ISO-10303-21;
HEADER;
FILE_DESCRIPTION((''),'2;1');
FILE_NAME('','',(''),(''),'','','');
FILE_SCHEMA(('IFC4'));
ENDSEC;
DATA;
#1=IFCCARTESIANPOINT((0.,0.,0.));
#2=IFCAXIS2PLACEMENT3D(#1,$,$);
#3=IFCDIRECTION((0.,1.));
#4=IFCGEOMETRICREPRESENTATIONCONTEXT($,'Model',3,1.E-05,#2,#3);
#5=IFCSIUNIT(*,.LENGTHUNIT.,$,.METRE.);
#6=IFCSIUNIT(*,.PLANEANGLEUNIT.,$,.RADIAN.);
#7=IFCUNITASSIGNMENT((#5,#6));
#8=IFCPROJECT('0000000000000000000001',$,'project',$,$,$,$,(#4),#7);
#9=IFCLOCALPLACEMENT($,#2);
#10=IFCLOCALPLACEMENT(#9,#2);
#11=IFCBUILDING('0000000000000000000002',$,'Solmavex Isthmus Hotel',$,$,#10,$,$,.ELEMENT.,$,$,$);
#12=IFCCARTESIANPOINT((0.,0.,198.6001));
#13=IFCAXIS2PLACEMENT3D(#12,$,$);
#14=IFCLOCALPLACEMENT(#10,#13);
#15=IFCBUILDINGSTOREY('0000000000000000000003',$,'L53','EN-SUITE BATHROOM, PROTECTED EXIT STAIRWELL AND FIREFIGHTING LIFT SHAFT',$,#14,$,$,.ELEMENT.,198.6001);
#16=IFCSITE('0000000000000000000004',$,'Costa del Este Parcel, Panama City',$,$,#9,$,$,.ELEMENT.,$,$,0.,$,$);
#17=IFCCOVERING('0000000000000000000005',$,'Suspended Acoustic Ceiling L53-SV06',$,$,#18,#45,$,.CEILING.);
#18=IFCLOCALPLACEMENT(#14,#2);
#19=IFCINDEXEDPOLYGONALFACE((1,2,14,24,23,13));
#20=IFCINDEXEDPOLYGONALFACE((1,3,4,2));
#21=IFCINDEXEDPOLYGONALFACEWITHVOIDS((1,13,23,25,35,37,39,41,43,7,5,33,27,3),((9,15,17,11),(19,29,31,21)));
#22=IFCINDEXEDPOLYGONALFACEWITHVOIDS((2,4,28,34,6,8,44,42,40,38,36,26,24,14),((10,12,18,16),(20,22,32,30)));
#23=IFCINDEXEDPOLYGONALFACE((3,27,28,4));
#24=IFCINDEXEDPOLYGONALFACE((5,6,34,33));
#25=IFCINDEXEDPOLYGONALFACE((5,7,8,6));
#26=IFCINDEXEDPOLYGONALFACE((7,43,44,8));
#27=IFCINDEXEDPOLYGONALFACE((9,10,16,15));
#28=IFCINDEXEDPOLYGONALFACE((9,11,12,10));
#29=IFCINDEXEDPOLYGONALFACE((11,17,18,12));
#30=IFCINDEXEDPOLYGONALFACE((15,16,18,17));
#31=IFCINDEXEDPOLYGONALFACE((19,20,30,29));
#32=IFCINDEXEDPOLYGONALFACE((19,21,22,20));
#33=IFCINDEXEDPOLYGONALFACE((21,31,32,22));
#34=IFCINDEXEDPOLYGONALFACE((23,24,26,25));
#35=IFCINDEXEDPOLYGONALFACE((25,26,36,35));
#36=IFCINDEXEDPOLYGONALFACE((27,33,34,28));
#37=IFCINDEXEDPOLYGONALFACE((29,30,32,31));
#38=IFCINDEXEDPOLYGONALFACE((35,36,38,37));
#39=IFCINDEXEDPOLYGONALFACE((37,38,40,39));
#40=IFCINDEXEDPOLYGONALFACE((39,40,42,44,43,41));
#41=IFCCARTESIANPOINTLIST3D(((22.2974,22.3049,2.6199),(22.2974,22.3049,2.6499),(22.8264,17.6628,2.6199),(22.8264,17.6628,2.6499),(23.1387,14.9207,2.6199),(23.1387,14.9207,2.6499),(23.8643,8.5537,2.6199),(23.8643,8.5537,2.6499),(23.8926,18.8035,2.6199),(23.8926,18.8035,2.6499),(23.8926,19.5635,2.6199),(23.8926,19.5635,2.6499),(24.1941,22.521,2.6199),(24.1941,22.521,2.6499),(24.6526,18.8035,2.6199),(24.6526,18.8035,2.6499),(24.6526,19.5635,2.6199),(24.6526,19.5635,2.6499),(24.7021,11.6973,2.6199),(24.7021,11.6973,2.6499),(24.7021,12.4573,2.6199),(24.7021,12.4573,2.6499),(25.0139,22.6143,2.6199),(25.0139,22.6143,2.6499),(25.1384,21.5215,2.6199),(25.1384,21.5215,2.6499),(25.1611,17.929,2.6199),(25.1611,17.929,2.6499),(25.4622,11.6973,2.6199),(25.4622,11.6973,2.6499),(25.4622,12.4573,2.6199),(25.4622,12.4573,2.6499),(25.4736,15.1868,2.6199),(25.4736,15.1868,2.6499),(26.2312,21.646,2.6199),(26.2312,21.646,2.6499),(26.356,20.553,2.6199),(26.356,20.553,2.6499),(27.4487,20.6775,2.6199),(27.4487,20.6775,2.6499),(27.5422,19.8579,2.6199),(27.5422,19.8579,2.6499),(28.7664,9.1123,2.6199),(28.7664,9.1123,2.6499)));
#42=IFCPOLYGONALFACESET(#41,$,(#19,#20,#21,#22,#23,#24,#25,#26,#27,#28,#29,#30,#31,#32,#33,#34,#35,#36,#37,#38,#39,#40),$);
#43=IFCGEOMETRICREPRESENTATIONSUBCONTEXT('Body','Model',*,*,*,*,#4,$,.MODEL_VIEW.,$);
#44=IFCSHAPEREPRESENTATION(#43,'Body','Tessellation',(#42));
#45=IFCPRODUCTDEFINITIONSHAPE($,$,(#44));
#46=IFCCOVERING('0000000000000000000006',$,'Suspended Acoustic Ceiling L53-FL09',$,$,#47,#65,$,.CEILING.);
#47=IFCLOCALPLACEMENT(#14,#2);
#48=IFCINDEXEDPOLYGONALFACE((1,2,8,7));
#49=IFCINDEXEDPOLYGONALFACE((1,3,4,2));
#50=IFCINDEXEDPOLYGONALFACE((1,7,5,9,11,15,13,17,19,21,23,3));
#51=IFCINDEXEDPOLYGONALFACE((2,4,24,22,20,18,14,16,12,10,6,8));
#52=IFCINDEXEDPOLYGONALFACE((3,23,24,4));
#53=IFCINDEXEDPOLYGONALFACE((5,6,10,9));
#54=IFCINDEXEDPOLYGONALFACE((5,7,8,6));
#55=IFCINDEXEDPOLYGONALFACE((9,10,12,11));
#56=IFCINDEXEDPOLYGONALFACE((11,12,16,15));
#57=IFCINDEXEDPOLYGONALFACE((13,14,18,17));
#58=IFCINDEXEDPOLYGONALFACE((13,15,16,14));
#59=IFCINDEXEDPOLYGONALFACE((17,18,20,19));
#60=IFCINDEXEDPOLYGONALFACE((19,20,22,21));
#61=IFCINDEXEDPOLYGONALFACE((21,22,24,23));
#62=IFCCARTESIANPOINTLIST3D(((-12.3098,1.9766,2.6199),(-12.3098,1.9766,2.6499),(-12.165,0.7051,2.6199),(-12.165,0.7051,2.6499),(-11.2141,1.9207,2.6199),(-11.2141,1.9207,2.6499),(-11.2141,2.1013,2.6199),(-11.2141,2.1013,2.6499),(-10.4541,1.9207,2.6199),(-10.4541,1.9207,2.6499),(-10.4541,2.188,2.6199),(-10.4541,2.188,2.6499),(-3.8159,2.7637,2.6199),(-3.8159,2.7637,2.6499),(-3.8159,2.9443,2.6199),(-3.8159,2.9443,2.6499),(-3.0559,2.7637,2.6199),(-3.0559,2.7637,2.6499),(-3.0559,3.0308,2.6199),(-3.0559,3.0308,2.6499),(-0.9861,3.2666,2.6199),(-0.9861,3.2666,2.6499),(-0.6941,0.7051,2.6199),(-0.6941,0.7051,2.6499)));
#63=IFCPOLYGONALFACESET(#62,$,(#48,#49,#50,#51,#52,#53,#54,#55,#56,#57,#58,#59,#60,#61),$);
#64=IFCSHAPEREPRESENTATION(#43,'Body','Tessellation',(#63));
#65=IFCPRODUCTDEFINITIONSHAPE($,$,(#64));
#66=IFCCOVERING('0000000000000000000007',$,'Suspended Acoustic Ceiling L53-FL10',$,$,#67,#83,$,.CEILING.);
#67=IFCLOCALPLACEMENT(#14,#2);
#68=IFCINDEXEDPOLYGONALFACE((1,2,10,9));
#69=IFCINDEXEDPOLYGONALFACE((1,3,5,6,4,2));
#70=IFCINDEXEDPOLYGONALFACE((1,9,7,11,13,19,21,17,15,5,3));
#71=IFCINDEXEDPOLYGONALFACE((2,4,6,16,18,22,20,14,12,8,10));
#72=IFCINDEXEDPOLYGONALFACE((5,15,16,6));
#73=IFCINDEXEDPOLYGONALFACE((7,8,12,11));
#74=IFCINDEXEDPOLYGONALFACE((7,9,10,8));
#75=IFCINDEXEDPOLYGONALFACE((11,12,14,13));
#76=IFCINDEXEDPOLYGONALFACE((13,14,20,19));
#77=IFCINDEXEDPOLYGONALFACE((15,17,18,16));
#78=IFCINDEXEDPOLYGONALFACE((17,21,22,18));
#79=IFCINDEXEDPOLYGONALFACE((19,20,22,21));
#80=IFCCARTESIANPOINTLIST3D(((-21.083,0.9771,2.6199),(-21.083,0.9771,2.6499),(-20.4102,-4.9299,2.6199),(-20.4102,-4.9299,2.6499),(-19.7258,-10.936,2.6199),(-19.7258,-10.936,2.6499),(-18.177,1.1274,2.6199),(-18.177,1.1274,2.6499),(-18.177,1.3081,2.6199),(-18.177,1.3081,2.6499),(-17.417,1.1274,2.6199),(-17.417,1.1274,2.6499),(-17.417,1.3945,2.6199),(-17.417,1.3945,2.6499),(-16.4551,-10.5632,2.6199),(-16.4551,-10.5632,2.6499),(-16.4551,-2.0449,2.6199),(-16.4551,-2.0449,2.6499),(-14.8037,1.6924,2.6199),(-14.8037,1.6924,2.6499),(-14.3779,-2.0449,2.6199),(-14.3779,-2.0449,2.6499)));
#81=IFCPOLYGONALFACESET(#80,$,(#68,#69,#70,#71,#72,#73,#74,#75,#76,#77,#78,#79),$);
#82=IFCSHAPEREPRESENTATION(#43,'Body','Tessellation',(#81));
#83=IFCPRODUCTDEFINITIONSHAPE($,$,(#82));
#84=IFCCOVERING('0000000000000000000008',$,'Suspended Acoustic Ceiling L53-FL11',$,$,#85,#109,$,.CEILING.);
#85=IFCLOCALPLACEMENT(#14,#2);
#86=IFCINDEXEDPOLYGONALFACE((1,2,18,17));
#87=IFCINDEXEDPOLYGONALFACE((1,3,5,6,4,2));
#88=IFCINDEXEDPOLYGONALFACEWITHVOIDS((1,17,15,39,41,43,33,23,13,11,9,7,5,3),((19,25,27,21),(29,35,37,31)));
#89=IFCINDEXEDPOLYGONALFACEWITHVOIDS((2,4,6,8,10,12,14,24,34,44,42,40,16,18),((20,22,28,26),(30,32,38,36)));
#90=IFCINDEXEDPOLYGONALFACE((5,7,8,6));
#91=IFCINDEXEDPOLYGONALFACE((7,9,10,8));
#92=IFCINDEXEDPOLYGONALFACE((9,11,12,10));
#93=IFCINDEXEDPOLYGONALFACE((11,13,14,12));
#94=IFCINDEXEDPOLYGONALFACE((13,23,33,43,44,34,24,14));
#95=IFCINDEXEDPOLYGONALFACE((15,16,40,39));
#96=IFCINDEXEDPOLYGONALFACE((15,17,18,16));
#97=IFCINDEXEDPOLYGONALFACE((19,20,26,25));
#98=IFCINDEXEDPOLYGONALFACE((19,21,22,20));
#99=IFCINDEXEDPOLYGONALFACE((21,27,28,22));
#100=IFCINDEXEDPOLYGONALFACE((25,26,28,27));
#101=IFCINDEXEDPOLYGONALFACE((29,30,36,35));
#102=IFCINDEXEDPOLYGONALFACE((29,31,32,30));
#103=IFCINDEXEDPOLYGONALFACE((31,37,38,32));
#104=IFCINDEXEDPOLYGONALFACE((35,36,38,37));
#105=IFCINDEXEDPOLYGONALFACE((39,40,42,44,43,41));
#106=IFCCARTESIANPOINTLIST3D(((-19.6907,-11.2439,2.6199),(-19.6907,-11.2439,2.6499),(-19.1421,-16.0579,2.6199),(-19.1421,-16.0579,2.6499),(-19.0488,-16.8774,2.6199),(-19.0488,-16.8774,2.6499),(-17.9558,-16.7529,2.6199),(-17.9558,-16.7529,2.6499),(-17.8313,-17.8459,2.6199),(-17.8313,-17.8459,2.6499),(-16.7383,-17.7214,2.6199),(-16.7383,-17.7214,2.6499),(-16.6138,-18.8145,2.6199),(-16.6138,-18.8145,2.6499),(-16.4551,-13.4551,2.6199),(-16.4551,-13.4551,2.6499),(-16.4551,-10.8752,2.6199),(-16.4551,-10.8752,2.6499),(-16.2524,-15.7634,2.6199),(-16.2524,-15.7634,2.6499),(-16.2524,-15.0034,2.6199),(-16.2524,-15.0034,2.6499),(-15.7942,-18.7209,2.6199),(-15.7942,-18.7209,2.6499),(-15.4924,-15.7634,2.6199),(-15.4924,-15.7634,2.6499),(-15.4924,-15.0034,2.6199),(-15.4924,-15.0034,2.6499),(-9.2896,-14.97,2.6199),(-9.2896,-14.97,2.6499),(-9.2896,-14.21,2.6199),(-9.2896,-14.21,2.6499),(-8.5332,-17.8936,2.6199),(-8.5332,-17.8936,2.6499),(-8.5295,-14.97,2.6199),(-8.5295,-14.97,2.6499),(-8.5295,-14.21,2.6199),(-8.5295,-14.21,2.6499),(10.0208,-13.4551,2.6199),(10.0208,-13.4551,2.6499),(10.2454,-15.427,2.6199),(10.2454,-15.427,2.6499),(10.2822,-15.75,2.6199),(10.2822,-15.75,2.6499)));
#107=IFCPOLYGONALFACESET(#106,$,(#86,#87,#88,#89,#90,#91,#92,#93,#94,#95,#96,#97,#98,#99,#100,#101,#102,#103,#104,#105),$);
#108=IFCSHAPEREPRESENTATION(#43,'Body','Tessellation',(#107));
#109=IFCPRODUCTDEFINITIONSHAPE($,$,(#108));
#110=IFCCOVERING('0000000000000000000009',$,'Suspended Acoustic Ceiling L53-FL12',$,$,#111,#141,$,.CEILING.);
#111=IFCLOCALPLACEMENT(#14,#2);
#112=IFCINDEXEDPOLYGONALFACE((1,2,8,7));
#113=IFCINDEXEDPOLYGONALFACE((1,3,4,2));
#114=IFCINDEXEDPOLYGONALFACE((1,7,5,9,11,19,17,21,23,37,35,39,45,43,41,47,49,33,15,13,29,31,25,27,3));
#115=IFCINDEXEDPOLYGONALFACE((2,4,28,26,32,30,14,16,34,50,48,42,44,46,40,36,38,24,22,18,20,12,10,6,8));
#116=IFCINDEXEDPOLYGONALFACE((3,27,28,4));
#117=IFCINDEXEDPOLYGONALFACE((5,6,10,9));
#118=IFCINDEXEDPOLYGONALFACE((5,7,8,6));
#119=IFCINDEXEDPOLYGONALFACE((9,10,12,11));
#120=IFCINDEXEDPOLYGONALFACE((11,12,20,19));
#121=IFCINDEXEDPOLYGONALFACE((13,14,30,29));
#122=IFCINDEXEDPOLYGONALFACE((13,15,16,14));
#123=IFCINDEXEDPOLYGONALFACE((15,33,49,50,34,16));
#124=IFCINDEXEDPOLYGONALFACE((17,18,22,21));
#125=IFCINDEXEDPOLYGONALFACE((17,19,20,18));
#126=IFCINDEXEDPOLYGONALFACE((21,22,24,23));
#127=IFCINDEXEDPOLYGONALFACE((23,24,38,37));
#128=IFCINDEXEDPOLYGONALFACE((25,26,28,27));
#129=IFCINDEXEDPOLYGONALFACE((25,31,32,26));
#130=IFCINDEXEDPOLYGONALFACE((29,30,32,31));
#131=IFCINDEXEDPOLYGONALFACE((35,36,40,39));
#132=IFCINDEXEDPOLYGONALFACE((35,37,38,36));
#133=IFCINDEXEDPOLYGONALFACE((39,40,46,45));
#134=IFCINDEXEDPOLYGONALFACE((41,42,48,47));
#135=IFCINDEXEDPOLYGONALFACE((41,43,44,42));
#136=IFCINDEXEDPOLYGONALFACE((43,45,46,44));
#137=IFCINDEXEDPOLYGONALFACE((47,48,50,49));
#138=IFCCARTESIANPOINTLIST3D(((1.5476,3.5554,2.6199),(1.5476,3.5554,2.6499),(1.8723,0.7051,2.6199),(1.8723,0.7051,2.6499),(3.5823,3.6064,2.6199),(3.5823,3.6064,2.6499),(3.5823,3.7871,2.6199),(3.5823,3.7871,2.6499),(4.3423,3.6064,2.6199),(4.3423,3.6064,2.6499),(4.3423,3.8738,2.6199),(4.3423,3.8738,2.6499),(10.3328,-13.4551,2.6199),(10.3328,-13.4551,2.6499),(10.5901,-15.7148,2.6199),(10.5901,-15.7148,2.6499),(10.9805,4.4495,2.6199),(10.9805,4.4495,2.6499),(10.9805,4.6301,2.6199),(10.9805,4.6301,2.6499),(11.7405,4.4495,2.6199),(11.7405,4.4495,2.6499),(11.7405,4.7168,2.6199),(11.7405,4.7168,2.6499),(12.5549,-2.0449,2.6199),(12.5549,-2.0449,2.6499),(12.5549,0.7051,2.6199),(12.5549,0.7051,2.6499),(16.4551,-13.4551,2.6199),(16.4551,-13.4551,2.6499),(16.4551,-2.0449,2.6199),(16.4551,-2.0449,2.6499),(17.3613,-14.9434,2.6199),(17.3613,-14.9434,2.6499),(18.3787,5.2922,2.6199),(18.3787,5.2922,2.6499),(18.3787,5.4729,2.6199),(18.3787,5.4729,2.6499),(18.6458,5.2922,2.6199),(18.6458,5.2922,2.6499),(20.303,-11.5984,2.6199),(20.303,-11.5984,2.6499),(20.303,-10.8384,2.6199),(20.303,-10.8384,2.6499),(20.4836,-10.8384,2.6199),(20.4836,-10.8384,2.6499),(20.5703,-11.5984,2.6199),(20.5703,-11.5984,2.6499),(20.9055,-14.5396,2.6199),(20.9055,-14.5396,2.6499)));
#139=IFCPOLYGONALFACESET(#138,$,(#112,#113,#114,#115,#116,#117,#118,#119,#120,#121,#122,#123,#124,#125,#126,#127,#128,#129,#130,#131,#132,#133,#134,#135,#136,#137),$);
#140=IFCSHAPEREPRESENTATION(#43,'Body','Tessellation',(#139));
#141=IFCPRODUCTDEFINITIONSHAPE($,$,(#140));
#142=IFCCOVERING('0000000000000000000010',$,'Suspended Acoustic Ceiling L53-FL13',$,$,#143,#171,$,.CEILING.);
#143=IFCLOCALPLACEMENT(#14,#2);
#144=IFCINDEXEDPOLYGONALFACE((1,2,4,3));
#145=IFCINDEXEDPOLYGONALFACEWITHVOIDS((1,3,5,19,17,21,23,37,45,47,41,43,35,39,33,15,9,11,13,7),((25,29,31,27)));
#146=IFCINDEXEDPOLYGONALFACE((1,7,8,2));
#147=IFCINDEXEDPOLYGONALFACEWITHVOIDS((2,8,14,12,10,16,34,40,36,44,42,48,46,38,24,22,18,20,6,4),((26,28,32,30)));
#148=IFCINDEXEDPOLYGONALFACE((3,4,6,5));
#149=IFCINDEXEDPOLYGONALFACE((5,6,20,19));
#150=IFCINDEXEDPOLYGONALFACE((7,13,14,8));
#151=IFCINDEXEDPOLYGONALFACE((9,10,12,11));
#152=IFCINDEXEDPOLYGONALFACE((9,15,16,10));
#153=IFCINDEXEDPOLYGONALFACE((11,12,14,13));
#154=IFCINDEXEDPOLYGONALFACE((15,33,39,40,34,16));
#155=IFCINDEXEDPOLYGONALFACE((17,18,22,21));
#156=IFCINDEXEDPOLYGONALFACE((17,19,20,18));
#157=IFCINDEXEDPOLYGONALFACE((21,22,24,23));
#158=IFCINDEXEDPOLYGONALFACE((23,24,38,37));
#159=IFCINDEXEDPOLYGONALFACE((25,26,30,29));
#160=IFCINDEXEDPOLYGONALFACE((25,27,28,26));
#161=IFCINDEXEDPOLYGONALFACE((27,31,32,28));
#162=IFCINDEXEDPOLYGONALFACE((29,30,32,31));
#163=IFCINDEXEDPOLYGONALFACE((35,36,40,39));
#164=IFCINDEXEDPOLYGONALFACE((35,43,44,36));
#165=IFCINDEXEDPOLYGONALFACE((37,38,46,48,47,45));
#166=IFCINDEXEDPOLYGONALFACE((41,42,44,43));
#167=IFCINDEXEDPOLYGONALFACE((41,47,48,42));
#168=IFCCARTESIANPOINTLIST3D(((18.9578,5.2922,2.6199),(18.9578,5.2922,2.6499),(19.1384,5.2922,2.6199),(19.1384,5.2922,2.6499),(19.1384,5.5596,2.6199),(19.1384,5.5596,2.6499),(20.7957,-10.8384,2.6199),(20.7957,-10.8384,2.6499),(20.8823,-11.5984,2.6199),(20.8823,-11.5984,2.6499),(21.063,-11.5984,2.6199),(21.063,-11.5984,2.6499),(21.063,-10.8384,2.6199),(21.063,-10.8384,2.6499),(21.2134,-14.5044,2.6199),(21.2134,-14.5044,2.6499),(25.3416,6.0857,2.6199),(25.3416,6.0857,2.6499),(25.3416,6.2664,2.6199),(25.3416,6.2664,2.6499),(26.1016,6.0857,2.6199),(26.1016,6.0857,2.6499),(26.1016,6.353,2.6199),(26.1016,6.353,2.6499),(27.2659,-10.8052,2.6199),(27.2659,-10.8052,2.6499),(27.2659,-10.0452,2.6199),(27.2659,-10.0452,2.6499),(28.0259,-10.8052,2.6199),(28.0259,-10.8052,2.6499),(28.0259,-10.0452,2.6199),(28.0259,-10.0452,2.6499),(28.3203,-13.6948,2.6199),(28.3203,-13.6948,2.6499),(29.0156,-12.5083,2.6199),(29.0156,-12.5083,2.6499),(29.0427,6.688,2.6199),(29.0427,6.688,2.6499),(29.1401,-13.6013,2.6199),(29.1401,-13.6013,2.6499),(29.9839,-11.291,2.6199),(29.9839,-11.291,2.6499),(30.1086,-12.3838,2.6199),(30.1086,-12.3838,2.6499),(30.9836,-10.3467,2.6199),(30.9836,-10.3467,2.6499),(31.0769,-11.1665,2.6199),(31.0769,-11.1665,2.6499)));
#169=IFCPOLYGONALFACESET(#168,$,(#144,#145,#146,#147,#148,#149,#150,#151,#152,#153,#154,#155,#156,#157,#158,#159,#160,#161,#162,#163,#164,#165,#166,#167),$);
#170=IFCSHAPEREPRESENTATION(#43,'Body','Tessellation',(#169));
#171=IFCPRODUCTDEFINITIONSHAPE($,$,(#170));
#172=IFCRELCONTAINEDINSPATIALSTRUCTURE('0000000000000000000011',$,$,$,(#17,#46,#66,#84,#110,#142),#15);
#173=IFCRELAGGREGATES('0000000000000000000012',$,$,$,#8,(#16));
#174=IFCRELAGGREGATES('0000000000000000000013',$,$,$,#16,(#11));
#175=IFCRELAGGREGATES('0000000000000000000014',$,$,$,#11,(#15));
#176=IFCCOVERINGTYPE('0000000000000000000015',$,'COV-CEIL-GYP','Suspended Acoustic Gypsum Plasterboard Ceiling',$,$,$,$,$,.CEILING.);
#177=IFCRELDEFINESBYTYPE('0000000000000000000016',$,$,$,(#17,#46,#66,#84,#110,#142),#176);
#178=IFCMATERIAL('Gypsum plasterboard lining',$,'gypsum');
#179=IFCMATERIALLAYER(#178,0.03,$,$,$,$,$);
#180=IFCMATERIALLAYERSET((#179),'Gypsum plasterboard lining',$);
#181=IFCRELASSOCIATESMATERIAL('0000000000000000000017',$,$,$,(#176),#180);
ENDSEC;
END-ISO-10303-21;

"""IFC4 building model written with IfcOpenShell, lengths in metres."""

from ifc_helpers import new_model, si_unit, direction, frame, origin, place, context, subcontext, project, spatial, polyline, outline, extrude, material, layer, layer_set, type_object, element, save


model = new_model("IFC4")

# Units and contexts
model_context = context("Model", 3, precision=1e-05, world=origin(), true_north=direction((0.0, 1.0)))
body_context = subcontext(model_context, "Body", "Model", "MODEL_VIEW")
ifc_project = project(units=[si_unit("LENGTHUNIT", "METRE"), si_unit("PLANEANGLEUNIT", "RADIAN")], contexts=[model_context])

# Site, building, storey
site_placement = place(None, origin())
site = spatial("IfcSite", under=ifc_project, at=site_placement, Name="Costa del Este Parcel, Panama City", CompositionType="ELEMENT", RefElevation=0.0)
building_placement = place(site_placement, origin())
building = spatial("IfcBuilding", under=site, at=building_placement, Name="Solmavex Isthmus Hotel", CompositionType="ELEMENT")
storey_placement = place(building_placement, frame((0.0, 0.0, 198.6001)))
storey = spatial("IfcBuildingStorey", under=building, at=storey_placement, Name="L53", Description="EN-SUITE BATHROOM, PROTECTED EXIT STAIRWELL AND FIREFIGHTING LIFT SHAFT", CompositionType="ELEMENT", Elevation=198.6001)

# Shared definitions
ifc_material_1 = material(Name="Gypsum plasterboard lining", Category="gypsum")

# Coverings
ifc_layer_1 = layer(ifc_material_1, 0.03)
ifc_layer_set_1 = layer_set([ifc_layer_1], Name="Gypsum plasterboard lining")
covering_type_1 = type_object("IfcCoveringType", Name="COV-CEIL-GYP", Description="Suspended Acoustic Gypsum Plasterboard Ceiling", PredefinedType="CEILING", material=ifc_layer_set_1)
covering_1_placement = place(storey_placement, frame((0.0, 0.0, 2.6199)))
element("IfcCovering", 1, at=covering_1_placement, inside=storey, type_object=covering_type_1, Name="Suspended Acoustic Ceiling L53-SV06", PredefinedType="CEILING", context=body_context, shape_type="SweptSolid", body=[
    extrude(outline(polyline([(25.1384, 21.5215), (25.0139, 22.6143), (24.1941, 22.521), (22.2974, 22.3049), (22.8264, 17.6628), (25.1611, 17.929), (25.4736, 15.1868), (23.1387, 14.9207), (23.8643, 8.5537), (28.7664, 9.1123), (27.5422, 19.8579), (27.4487, 20.6775), (26.356, 20.553), (26.2312, 21.646), (25.1384, 21.5215)]), holes=[polyline([(24.7021, 11.6973), (24.7021, 12.4573), (25.4622, 12.4573), (25.4622, 11.6973), (24.7021, 11.6973)]), polyline([(23.8926, 19.5635), (24.6526, 19.5635), (24.6526, 18.8035), (23.8926, 18.8035), (23.8926, 19.5635)])]), origin(), (0.0, 0.0, 1.0), 0.03),
])
covering_2_placement = place(storey_placement, frame((0.0, 0.0, 2.6199)))
element("IfcCovering", 2, at=covering_2_placement, inside=storey, type_object=covering_type_1, Name="Suspended Acoustic Ceiling L53-FL09", PredefinedType="CEILING", context=body_context, shape_type="SweptSolid", body=[
    extrude(outline(polyline([(-10.4541, 2.188), (-10.4541, 1.9207), (-11.2141, 1.9207), (-11.2141, 2.1013), (-12.3098, 1.9766), (-12.165, 0.7051), (-0.6941, 0.7051), (-0.9861, 3.2666), (-3.0559, 3.0308), (-3.0559, 2.7637), (-3.8159, 2.7637), (-3.8159, 2.9443), (-10.4541, 2.188)])), origin(), (0.0, 0.0, 1.0), 0.03),
])
covering_3_placement = place(storey_placement, frame((0.0, 0.0, 2.6199)))
element("IfcCovering", 3, at=covering_3_placement, inside=storey, type_object=covering_type_1, Name="Suspended Acoustic Ceiling L53-FL10", PredefinedType="CEILING", context=body_context, shape_type="SweptSolid", body=[
    extrude(outline(polyline([(-17.417, 1.3945), (-17.417, 1.1274), (-18.177, 1.1274), (-18.177, 1.3081), (-21.083, 0.9771), (-20.4102, -4.9299), (-19.7258, -10.936), (-16.4551, -10.5632), (-16.4551, -2.0449), (-14.3779, -2.0449), (-14.8037, 1.6924), (-17.417, 1.3945)])), origin(), (0.0, 0.0, 1.0), 0.03),
])
covering_4_placement = place(storey_placement, frame((0.0, 0.0, 2.6199)))
element("IfcCovering", 4, at=covering_4_placement, inside=storey, type_object=covering_type_1, Name="Suspended Acoustic Ceiling L53-FL11", PredefinedType="CEILING", context=body_context, shape_type="SweptSolid", body=[
    extrude(outline(polyline([(-8.5332, -17.8936), (10.2822, -15.75), (10.2454, -15.427), (10.0208, -13.4551), (-16.4551, -13.4551), (-16.4551, -10.8752), (-19.6907, -11.2439), (-19.1421, -16.0579), (-19.0488, -16.8774), (-17.9558, -16.7529), (-17.8313, -17.8459), (-16.7383, -17.7214), (-16.6138, -18.8145), (-15.7942, -18.7209), (-8.5332, -17.8936)]), holes=[polyline([(-9.2896, -14.97), (-9.2896, -14.21), (-8.5295, -14.21), (-8.5295, -14.97), (-9.2896, -14.97)]), polyline([(-16.2524, -15.7634), (-16.2524, -15.0034), (-15.4924, -15.0034), (-15.4924, -15.7634), (-16.2524, -15.7634)])]), origin(), (0.0, 0.0, 1.0), 0.03),
])
covering_5_placement = place(storey_placement, frame((0.0, 0.0, 2.6199)))
element("IfcCovering", 5, at=covering_5_placement, inside=storey, type_object=covering_type_1, Name="Suspended Acoustic Ceiling L53-FL12", PredefinedType="CEILING", context=body_context, shape_type="SweptSolid", body=[
    extrude(outline(polyline([(4.3423, 3.8738), (4.3423, 3.6064), (3.5823, 3.6064), (3.5823, 3.7871), (1.5476, 3.5554), (1.8723, 0.7051), (12.5549, 0.7051), (12.5549, -2.0449), (16.4551, -2.0449), (16.4551, -13.4551), (10.3328, -13.4551), (10.5901, -15.7148), (17.3613, -14.9434), (20.9055, -14.5396), (20.5703, -11.5984), (20.303, -11.5984), (20.303, -10.8384), (20.4836, -10.8384), (18.6458, 5.2922), (18.3787, 5.2922), (18.3787, 5.4729), (11.7405, 4.7168), (11.7405, 4.4495), (10.9805, 4.4495), (10.9805, 4.6301), (4.3423, 3.8738)])), origin(), (0.0, 0.0, 1.0), 0.03),
])
covering_6_placement = place(storey_placement, frame((0.0, 0.0, 2.6199)))
element("IfcCovering", 6, at=covering_6_placement, inside=storey, type_object=covering_type_1, Name="Suspended Acoustic Ceiling L53-FL13", PredefinedType="CEILING", context=body_context, shape_type="SweptSolid", body=[
    extrude(outline(polyline([(20.7957, -10.8384), (21.063, -10.8384), (21.063, -11.5984), (20.8823, -11.5984), (21.2134, -14.5044), (28.3203, -13.6948), (29.1401, -13.6013), (29.0156, -12.5083), (30.1086, -12.3838), (29.9839, -11.291), (31.0769, -11.1665), (30.9836, -10.3467), (29.0427, 6.688), (26.1016, 6.353), (26.1016, 6.0857), (25.3416, 6.0857), (25.3416, 6.2664), (19.1384, 5.5596), (19.1384, 5.2922), (18.9578, 5.2922), (20.7957, -10.8384)]), holes=[polyline([(27.2659, -10.8052), (27.2659, -10.0452), (28.0259, -10.0452), (28.0259, -10.8052), (27.2659, -10.8052)])]), origin(), (0.0, 0.0, 1.0), 0.03),
])

save(model, "model.ifc")
